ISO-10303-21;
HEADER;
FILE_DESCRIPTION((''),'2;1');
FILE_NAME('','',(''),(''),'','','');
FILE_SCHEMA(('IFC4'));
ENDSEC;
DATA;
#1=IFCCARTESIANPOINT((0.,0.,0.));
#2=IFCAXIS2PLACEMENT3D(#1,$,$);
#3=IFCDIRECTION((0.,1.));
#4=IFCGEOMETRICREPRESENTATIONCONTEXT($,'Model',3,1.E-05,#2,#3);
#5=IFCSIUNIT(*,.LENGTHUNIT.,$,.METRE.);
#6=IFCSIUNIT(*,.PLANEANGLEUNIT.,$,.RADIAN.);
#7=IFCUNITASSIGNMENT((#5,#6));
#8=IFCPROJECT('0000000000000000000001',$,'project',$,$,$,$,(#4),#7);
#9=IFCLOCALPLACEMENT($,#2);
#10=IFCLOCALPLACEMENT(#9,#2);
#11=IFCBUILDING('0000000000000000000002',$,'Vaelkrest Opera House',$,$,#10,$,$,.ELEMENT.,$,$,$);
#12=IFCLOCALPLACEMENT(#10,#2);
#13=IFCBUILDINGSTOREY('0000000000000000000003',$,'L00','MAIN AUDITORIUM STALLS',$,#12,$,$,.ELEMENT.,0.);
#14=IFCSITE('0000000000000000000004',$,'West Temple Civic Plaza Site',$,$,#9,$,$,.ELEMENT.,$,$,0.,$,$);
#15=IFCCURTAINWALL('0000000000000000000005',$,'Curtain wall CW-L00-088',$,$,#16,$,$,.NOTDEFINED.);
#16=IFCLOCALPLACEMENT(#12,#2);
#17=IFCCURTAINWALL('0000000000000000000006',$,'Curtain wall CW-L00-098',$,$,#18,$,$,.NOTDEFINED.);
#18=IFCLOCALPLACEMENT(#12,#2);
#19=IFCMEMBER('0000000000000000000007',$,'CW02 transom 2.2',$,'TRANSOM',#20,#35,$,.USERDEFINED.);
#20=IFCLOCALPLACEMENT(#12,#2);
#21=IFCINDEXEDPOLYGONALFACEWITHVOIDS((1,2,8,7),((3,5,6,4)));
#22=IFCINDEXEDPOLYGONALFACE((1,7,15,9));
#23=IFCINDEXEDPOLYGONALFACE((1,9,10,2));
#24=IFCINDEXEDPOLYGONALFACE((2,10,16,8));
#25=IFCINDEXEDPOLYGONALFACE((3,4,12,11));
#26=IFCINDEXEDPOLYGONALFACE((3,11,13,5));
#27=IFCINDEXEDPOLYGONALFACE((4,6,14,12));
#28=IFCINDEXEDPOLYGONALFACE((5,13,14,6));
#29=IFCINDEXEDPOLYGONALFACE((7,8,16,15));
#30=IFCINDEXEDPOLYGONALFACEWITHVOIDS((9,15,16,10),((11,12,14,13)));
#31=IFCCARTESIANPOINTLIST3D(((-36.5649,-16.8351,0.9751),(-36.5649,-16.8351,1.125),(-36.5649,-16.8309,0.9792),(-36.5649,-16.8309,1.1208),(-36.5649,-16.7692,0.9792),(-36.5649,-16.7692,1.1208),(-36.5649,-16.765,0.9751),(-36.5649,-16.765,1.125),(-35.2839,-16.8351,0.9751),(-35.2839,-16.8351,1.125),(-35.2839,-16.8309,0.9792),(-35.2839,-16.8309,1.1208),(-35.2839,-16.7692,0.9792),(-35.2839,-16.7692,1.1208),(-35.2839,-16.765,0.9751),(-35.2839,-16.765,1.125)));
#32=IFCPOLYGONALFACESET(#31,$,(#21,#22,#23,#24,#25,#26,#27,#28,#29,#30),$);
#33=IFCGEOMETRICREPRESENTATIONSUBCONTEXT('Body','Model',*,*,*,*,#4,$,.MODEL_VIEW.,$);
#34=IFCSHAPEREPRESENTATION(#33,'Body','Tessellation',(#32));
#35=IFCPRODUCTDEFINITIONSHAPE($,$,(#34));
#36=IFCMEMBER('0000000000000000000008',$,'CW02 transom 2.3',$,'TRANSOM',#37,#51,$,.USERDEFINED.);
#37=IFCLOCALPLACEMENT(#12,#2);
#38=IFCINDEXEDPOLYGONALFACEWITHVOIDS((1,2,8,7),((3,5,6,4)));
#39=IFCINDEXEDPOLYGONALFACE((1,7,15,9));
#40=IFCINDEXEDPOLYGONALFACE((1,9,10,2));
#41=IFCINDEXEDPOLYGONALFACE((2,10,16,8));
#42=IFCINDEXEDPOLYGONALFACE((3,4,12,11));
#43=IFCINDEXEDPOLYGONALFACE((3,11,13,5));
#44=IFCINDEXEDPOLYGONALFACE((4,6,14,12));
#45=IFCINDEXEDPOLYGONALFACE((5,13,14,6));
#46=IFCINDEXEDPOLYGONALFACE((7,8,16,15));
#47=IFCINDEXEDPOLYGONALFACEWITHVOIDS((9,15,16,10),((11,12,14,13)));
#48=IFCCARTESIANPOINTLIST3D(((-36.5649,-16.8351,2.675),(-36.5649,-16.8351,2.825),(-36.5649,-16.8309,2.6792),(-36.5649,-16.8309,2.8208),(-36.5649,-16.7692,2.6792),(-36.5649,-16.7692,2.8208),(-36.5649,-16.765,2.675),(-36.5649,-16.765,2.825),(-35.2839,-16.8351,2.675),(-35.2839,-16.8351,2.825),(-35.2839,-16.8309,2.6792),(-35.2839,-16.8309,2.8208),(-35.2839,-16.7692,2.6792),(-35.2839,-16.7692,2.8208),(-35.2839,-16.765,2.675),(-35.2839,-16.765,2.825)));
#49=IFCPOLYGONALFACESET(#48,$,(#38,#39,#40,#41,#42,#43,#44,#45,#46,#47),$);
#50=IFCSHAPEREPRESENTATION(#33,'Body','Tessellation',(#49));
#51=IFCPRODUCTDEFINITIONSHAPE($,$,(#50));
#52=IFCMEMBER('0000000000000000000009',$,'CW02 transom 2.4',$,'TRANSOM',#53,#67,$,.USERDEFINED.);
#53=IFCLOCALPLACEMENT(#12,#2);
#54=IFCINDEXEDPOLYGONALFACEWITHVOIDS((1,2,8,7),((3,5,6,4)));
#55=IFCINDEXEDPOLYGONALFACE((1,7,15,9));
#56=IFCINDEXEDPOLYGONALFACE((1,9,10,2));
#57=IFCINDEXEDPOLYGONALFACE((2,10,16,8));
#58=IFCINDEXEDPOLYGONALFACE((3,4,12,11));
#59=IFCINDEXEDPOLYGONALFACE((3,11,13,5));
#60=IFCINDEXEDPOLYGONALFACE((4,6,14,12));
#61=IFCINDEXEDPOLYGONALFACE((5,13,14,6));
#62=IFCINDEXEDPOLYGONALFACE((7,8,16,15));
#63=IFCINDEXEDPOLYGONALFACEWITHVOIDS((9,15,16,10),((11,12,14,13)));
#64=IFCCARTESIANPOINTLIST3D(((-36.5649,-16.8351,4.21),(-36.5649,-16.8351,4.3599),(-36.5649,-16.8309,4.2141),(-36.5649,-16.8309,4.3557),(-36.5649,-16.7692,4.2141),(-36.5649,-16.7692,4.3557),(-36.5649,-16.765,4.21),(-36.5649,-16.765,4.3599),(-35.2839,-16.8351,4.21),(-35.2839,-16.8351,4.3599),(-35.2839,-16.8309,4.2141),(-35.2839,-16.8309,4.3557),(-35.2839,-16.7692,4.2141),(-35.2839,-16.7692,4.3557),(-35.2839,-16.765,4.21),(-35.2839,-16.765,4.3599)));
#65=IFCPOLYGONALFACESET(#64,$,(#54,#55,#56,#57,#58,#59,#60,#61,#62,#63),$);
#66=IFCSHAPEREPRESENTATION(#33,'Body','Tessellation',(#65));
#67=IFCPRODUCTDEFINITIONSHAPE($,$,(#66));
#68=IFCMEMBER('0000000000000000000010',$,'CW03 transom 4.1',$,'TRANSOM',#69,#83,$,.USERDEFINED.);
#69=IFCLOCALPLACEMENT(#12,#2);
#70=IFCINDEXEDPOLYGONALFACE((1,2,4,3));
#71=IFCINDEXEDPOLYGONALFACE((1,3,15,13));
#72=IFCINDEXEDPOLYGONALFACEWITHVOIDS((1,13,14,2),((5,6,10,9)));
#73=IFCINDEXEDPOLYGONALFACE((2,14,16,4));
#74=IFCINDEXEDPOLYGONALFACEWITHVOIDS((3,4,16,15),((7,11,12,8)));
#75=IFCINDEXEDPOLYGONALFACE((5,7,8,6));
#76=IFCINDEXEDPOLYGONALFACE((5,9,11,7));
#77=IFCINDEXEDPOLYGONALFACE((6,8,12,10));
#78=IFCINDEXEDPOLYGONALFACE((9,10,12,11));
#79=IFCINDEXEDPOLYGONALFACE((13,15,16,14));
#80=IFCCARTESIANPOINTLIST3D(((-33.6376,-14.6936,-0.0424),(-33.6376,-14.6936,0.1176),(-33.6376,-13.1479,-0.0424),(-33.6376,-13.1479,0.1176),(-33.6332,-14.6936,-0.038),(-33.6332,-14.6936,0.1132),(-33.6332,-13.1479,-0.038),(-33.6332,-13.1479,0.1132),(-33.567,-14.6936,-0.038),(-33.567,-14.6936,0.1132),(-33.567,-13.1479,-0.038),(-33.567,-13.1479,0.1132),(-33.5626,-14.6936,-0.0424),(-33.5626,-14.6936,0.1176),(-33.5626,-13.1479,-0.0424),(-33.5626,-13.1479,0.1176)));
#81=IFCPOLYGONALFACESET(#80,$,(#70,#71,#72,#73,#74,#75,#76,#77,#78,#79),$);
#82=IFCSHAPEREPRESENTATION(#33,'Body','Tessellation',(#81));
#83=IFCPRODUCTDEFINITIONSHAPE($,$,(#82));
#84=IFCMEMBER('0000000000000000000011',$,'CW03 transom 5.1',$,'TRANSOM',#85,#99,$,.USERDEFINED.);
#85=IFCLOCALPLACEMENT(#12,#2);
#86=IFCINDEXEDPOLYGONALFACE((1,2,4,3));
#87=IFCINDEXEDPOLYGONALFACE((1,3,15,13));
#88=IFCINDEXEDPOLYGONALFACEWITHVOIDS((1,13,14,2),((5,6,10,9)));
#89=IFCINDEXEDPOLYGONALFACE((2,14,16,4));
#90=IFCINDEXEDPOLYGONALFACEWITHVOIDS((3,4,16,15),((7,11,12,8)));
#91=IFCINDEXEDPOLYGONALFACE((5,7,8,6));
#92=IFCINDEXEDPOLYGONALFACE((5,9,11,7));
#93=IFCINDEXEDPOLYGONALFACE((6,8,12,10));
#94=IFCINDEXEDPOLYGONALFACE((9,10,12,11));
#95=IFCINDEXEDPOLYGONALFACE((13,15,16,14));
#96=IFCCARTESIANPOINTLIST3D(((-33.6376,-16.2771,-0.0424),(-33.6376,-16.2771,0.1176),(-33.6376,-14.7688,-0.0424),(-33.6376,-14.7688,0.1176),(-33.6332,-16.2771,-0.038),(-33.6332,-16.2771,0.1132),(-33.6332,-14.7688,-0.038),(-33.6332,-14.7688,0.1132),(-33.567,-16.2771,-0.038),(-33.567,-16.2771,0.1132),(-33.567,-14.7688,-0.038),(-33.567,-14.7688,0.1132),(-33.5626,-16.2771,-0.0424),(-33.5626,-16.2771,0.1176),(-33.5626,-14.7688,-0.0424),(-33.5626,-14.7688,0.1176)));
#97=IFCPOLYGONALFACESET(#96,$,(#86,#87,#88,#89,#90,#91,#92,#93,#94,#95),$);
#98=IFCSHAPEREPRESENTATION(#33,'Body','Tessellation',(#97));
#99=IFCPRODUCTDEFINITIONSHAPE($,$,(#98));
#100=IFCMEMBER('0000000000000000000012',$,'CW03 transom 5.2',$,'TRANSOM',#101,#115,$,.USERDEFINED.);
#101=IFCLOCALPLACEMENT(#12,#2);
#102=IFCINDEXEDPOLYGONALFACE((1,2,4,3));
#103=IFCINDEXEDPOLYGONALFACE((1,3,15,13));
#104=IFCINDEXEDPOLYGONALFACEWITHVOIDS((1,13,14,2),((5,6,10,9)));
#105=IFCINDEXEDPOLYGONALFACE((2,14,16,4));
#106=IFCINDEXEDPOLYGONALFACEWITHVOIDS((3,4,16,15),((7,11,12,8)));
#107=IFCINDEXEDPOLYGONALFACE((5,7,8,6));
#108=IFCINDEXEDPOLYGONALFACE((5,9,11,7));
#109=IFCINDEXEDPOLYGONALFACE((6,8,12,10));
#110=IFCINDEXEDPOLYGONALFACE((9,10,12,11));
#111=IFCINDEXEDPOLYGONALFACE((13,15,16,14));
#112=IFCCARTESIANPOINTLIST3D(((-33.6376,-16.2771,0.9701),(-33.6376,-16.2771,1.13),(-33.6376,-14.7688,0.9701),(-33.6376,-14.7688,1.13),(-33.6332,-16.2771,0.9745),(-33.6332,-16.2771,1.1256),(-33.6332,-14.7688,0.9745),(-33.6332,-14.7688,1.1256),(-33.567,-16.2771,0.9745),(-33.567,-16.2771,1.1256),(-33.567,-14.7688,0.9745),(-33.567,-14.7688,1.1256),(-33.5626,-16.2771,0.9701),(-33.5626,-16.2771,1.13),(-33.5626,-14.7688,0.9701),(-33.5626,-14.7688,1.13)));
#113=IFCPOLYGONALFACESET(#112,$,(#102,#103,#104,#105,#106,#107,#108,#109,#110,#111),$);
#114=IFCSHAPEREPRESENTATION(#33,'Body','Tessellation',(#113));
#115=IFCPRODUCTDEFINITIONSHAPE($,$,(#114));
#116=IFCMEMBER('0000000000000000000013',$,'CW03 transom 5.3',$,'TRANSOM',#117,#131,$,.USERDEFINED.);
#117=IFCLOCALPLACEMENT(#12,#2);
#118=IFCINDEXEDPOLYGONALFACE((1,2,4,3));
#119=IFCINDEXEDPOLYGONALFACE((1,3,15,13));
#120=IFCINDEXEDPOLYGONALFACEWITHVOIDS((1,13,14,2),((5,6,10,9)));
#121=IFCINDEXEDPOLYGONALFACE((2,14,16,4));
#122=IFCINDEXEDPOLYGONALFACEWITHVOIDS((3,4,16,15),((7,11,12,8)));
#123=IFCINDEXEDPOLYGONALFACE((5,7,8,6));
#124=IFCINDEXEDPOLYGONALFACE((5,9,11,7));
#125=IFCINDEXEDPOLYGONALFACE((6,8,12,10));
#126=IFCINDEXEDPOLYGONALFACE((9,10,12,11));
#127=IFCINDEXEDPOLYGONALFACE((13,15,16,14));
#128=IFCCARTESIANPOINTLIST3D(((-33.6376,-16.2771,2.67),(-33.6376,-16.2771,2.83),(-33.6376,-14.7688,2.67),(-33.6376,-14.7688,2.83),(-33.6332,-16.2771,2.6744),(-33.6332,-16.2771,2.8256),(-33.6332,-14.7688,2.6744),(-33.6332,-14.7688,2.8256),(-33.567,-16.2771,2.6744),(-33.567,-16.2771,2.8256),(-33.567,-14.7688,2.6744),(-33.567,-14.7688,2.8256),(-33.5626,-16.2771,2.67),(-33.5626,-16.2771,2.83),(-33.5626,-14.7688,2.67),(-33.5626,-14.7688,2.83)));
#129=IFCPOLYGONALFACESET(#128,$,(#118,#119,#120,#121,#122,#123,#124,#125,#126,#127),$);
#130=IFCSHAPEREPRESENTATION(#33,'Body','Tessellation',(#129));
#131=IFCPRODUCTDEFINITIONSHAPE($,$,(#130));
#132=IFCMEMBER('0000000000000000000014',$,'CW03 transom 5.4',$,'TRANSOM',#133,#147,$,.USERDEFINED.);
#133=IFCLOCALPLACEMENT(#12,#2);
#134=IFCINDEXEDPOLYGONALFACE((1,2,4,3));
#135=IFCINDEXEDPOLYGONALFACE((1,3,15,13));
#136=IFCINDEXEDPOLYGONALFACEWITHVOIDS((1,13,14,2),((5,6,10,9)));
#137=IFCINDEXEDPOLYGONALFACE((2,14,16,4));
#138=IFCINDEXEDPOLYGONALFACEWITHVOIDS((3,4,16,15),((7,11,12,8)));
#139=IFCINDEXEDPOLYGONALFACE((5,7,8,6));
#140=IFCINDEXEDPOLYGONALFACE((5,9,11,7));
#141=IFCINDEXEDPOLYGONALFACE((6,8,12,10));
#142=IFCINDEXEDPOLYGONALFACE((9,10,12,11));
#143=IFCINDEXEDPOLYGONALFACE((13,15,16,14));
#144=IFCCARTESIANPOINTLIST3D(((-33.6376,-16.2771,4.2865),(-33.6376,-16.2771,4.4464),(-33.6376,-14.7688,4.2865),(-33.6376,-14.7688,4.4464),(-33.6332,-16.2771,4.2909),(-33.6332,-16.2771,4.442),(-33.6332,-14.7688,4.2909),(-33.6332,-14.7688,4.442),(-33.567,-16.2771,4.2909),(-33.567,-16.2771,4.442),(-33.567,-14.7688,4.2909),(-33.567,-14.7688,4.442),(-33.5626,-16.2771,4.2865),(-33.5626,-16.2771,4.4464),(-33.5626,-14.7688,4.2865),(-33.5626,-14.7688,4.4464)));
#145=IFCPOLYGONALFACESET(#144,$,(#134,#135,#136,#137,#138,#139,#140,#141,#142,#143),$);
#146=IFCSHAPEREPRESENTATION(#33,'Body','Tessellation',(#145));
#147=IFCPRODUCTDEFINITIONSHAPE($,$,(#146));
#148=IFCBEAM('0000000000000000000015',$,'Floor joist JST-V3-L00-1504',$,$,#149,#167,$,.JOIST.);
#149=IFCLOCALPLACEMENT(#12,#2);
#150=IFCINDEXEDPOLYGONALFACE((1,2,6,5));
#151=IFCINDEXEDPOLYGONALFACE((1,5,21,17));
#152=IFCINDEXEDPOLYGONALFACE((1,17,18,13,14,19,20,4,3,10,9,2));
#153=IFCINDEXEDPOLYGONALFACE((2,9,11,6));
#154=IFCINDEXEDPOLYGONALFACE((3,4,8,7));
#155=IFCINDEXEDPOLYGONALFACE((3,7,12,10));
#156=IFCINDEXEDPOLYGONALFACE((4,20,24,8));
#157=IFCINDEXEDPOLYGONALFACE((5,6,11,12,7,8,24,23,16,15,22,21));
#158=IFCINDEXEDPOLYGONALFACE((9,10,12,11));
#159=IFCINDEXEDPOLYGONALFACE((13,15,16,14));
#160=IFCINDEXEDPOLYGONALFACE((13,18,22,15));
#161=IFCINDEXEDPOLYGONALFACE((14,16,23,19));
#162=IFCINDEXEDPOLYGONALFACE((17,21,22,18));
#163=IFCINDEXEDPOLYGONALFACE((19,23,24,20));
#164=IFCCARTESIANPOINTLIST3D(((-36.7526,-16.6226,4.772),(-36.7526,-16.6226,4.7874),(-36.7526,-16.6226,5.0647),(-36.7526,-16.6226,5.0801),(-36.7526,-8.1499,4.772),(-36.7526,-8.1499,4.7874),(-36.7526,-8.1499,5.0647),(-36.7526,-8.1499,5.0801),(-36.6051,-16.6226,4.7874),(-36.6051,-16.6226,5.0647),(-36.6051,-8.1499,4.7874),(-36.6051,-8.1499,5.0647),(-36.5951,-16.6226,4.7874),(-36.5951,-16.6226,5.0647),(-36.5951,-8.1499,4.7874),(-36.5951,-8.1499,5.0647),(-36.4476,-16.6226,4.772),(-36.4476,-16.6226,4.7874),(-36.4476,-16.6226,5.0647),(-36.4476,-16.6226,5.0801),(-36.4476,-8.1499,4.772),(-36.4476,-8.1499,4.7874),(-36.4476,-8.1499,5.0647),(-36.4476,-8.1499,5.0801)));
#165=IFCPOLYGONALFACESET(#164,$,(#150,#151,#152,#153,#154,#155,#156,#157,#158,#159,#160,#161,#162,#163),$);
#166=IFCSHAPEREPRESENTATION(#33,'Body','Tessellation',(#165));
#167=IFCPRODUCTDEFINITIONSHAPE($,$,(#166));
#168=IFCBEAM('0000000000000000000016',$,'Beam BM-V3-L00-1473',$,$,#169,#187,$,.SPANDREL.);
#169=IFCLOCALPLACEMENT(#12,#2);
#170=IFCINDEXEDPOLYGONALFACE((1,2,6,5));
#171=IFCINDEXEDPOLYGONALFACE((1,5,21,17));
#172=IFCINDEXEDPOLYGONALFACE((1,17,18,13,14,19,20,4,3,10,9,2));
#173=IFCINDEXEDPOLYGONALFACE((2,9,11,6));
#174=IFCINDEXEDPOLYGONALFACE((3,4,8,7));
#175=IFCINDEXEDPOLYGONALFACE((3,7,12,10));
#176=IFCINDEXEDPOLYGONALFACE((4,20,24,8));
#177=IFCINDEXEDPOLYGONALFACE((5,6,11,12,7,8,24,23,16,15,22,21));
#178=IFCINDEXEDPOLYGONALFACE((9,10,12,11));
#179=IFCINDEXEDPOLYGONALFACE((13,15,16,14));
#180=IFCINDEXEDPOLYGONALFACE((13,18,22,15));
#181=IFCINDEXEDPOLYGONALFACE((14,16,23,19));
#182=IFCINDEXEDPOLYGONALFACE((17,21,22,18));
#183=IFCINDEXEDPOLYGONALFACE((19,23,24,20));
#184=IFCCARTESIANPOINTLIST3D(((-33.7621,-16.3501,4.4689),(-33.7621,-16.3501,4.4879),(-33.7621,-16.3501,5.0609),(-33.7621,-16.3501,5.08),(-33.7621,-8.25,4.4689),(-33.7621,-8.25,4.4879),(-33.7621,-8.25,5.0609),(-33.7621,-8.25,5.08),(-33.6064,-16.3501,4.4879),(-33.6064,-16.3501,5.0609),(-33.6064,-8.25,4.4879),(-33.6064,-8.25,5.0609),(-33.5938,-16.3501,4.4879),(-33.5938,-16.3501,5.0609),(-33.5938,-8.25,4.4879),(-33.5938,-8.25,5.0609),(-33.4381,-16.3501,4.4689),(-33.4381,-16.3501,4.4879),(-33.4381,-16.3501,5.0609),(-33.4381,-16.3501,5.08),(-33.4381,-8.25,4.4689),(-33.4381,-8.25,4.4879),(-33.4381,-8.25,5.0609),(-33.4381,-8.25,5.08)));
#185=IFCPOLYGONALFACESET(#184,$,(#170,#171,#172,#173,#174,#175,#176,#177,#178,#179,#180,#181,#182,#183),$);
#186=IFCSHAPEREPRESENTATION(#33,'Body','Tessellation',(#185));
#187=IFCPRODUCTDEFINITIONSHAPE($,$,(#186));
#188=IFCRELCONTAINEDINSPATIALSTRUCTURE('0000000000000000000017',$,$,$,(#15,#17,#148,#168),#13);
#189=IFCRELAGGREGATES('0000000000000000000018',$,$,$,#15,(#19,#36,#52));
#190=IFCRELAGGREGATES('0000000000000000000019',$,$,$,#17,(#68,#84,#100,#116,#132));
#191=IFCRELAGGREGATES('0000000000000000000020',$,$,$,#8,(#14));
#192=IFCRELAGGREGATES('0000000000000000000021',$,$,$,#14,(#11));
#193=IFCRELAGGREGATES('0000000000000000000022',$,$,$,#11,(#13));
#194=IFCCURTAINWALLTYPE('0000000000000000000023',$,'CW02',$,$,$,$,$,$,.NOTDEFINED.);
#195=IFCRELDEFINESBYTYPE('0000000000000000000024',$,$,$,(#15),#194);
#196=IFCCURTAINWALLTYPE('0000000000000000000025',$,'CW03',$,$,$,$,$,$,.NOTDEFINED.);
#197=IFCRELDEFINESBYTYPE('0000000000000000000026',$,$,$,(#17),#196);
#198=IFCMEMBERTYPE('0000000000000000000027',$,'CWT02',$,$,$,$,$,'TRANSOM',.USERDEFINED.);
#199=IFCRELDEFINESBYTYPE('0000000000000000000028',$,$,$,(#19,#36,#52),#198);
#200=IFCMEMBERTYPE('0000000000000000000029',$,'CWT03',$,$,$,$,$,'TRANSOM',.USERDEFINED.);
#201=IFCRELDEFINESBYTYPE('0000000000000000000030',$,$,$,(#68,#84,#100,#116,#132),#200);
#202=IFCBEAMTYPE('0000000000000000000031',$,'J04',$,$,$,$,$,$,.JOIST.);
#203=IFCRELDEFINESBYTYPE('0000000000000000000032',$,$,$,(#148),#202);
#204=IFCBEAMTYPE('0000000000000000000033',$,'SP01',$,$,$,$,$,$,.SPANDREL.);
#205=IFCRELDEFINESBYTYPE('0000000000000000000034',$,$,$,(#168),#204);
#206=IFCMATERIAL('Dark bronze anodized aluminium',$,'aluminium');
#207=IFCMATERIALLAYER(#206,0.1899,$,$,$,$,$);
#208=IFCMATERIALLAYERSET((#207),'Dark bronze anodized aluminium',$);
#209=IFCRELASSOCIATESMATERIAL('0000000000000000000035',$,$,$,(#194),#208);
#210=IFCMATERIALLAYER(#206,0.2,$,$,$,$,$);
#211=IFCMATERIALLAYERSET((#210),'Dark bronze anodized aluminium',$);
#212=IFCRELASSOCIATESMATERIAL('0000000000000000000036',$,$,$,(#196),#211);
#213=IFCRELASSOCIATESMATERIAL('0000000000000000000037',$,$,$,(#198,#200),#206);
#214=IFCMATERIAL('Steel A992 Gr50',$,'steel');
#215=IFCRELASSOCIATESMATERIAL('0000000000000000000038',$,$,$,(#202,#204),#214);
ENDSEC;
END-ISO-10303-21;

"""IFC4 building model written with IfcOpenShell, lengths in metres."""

from ifc_helpers import new_model, si_unit, direction, frame, origin, origin_2d, place, context, subcontext, project, spatial, hollow_rectangle, i_section, extrude, material, layer, layer_set, material_profile, profile_set, type_object, element, aggregate, save


model = new_model("IFC4")

# Units and contexts
model_context = context("Model", 3, precision=1e-05, world=origin(), true_north=direction((0.0, 1.0)))
body_context = subcontext(model_context, "Body", "Model", "MODEL_VIEW")
ifc_project = project(units=[si_unit("LENGTHUNIT", "METRE"), si_unit("PLANEANGLEUNIT", "RADIAN")], contexts=[model_context])

# Site, building, storey
site_placement = place(None, origin())
site = spatial("IfcSite", under=ifc_project, at=site_placement, Name="West Temple Civic Plaza Site", CompositionType="ELEMENT", RefElevation=0.0)
building_placement = place(site_placement, origin())
building = spatial("IfcBuilding", under=site, at=building_placement, Name="Vaelkrest Opera House", CompositionType="ELEMENT")
storey_placement = place(building_placement, origin())
storey = spatial("IfcBuildingStorey", under=building, at=storey_placement, Name="L00", Description="MAIN AUDITORIUM STALLS", CompositionType="ELEMENT", Elevation=0.0)

# Curtain walls
ifc_material_1 = material(Name="Dark bronze anodized aluminium", Category="aluminium")
ifc_layer_1 = layer(ifc_material_1, 0.1899)
ifc_layer_set_1 = layer_set([ifc_layer_1], Name="Dark bronze anodized aluminium")
curtain_wall_type_1 = type_object("IfcCurtainWallType", Name="CW02", PredefinedType="NOTDEFINED", material=ifc_layer_set_1)
curtain_wall_1_placement = place(storey_placement, origin())
curtain_wall_1 = element("IfcCurtainWall", 1, at=curtain_wall_1_placement, inside=storey, type_object=curtain_wall_type_1, Name="Curtain wall CW-L00-088", PredefinedType="NOTDEFINED")
ifc_layer_2 = layer(ifc_material_1, 0.2)
ifc_layer_set_2 = layer_set([ifc_layer_2], Name="Dark bronze anodized aluminium")
curtain_wall_type_2 = type_object("IfcCurtainWallType", Name="CW03", PredefinedType="NOTDEFINED", material=ifc_layer_set_2)
curtain_wall_2_placement = place(storey_placement, origin())
curtain_wall_2 = element("IfcCurtainWall", 2, at=curtain_wall_2_placement, inside=storey, type_object=curtain_wall_type_2, Name="Curtain wall CW-L00-098", PredefinedType="NOTDEFINED")

# Members
ifc_material_profile_1 = material_profile(ifc_material_1, hollow_rectangle(XDim=0.0701, YDim=0.1499, WallThickness=0.0042, at=origin_2d()), Name="CWT70X150")
ifc_profile_set_1 = profile_set([ifc_material_profile_1], Name="Dark bronze anodized aluminium")
member_type_1 = type_object("IfcMemberType", Name="CWT02", ElementType="TRANSOM", PredefinedType="USERDEFINED", material=ifc_profile_set_1)
member_1_placement = place(storey_placement, frame((-35.2839, -16.8, 1.05), z_axis=(-1.0, 0.0, 0.0), x_axis=(0.0, -1.0, 0.0)))
member_1 = element("IfcMember", 3, at=member_1_placement, type_object=member_type_1, Name="CW02 transom 2.2", ObjectType="TRANSOM", PredefinedType="USERDEFINED", context=body_context, shape_type="SweptSolid", body=[
    extrude(hollow_rectangle(XDim=0.0701, YDim=0.1499, WallThickness=0.0042, at=origin_2d()), origin(), (0.0, 0.0, 1.0), 1.281),
])
member_2_placement = place(storey_placement, frame((-35.2839, -16.8, 2.75), z_axis=(-1.0, 0.0, 0.0), x_axis=(0.0, -1.0, 0.0)))
member_2 = element("IfcMember", 4, at=member_2_placement, type_object=member_type_1, Name="CW02 transom 2.3", ObjectType="TRANSOM", PredefinedType="USERDEFINED", context=body_context, shape_type="SweptSolid", body=[
    extrude(hollow_rectangle(XDim=0.0701, YDim=0.1499, WallThickness=0.0042, at=origin_2d()), origin(), (0.0, 0.0, 1.0), 1.281),
])
member_3_placement = place(storey_placement, frame((-35.2839, -16.8, 4.2849), z_axis=(-1.0, 0.0, 0.0), x_axis=(0.0, -1.0, 0.0)))
member_3 = element("IfcMember", 5, at=member_3_placement, type_object=member_type_1, Name="CW02 transom 2.4", ObjectType="TRANSOM", PredefinedType="USERDEFINED", context=body_context, shape_type="SweptSolid", body=[
    extrude(hollow_rectangle(XDim=0.0701, YDim=0.1499, WallThickness=0.0042, at=origin_2d()), origin(), (0.0, 0.0, 1.0), 1.281),
])
ifc_material_profile_2 = material_profile(ifc_material_1, hollow_rectangle(XDim=0.075, YDim=0.1599, WallThickness=0.0044, at=origin_2d()), Name="CWT75X160")
ifc_profile_set_2 = profile_set([ifc_material_profile_2], Name="Dark bronze anodized aluminium")
member_type_2 = type_object("IfcMemberType", Name="CWT03", ElementType="TRANSOM", PredefinedType="USERDEFINED", material=ifc_profile_set_2)
member_4_placement = place(storey_placement, frame((-33.6001, -13.1479, 0.0376), z_axis=(0.0, -1.0, 0.0), x_axis=(1.0, 0.0, 0.0)))
member_4 = element("IfcMember", 6, at=member_4_placement, type_object=member_type_2, Name="CW03 transom 4.1", ObjectType="TRANSOM", PredefinedType="USERDEFINED", context=body_context, shape_type="SweptSolid", body=[
    extrude(hollow_rectangle(XDim=0.075, YDim=0.1599, WallThickness=0.0044, at=origin_2d()), origin(), (0.0, 0.0, 1.0), 1.5457),
])
member_5_placement = place(storey_placement, frame((-33.6001, -14.7688, 0.0376), z_axis=(0.0, -1.0, 0.0), x_axis=(1.0, 0.0, 0.0)))
member_5 = element("IfcMember", 7, at=member_5_placement, type_object=member_type_2, Name="CW03 transom 5.1", ObjectType="TRANSOM", PredefinedType="USERDEFINED", context=body_context, shape_type="SweptSolid", body=[
    extrude(hollow_rectangle(XDim=0.075, YDim=0.1599, WallThickness=0.0044, at=origin_2d()), origin(), (0.0, 0.0, 1.0), 1.5083),
])
member_6_placement = place(storey_placement, frame((-33.6001, -14.7688, 1.05), z_axis=(0.0, -1.0, 0.0), x_axis=(1.0, 0.0, 0.0)))
member_6 = element("IfcMember", 8, at=member_6_placement, type_object=member_type_2, Name="CW03 transom 5.2", ObjectType="TRANSOM", PredefinedType="USERDEFINED", context=body_context, shape_type="SweptSolid", body=[
    extrude(hollow_rectangle(XDim=0.075, YDim=0.1599, WallThickness=0.0044, at=origin_2d()), origin(), (0.0, 0.0, 1.0), 1.5083),
])
member_7_placement = place(storey_placement, frame((-33.6001, -14.7688, 2.75), z_axis=(0.0, -1.0, 0.0), x_axis=(1.0, 0.0, 0.0)))
member_7 = element("IfcMember", 9, at=member_7_placement, type_object=member_type_2, Name="CW03 transom 5.3", ObjectType="TRANSOM", PredefinedType="USERDEFINED", context=body_context, shape_type="SweptSolid", body=[
    extrude(hollow_rectangle(XDim=0.075, YDim=0.1599, WallThickness=0.0044, at=origin_2d()), origin(), (0.0, 0.0, 1.0), 1.5083),
])
member_8_placement = place(storey_placement, frame((-33.6001, -14.7688, 4.3665), z_axis=(0.0, -1.0, 0.0), x_axis=(1.0, 0.0, 0.0)))
member_8 = element("IfcMember", 10, at=member_8_placement, type_object=member_type_2, Name="CW03 transom 5.4", ObjectType="TRANSOM", PredefinedType="USERDEFINED", context=body_context, shape_type="SweptSolid", body=[
    extrude(hollow_rectangle(XDim=0.075, YDim=0.1599, WallThickness=0.0044, at=origin_2d()), origin(), (0.0, 0.0, 1.0), 1.5083),
])

# Beams
ifc_material_2 = material(Name="Steel A992 Gr50", Category="steel")
ifc_material_profile_3 = material_profile(ifc_material_2, i_section(OverallWidth=0.3049, OverallDepth=0.3081, WebThickness=0.01, FlangeThickness=0.0154, at=origin_2d()), Name="W12X65")
ifc_profile_set_3 = profile_set([ifc_material_profile_3], Name="Steel A992 Gr50")
beam_type_1 = type_object("IfcBeamType", Name="J04", PredefinedType="JOIST", material=ifc_profile_set_3)
beam_1_placement = place(storey_placement, frame((-36.6001, -16.6226, 4.926), z_axis=(0.0, 1.0, 0.0), x_axis=(-1.0, 0.0, 0.0)))
element("IfcBeam", 11, at=beam_1_placement, inside=storey, type_object=beam_type_1, Name="Floor joist JST-V3-L00-1504", PredefinedType="JOIST", context=body_context, shape_type="SweptSolid", body=[
    extrude(i_section(OverallWidth=0.3049, OverallDepth=0.3081, WebThickness=0.01, FlangeThickness=0.0154, at=origin_2d()), origin(), (0.0, 0.0, 1.0), 8.4727),
])
ifc_material_profile_4 = material_profile(ifc_material_2, i_section(OverallWidth=0.324, OverallDepth=0.6111, WebThickness=0.0127, FlangeThickness=0.019, at=origin_2d()), Name="W24X104")
ifc_profile_set_4 = profile_set([ifc_material_profile_4], Name="Steel A992 Gr50")
beam_type_2 = type_object("IfcBeamType", Name="SP01", PredefinedType="SPANDREL", material=ifc_profile_set_4)
beam_2_placement = place(storey_placement, frame((-33.6001, -16.3501, 4.7744), z_axis=(0.0, 1.0, 0.0), x_axis=(-1.0, 0.0, 0.0)))
element("IfcBeam", 12, at=beam_2_placement, inside=storey, type_object=beam_type_2, Name="Beam BM-V3-L00-1473", PredefinedType="SPANDREL", context=body_context, shape_type="SweptSolid", body=[
    extrude(i_section(OverallWidth=0.324, OverallDepth=0.6111, WebThickness=0.0127, FlangeThickness=0.019, at=origin_2d()), origin(), (0.0, 0.0, 1.0), 8.1001),
])

aggregate(curtain_wall_1, [member_1, member_2, member_3])
aggregate(curtain_wall_2, [member_4, member_5, member_6, member_7, member_8])

save(model, "model.ifc")
